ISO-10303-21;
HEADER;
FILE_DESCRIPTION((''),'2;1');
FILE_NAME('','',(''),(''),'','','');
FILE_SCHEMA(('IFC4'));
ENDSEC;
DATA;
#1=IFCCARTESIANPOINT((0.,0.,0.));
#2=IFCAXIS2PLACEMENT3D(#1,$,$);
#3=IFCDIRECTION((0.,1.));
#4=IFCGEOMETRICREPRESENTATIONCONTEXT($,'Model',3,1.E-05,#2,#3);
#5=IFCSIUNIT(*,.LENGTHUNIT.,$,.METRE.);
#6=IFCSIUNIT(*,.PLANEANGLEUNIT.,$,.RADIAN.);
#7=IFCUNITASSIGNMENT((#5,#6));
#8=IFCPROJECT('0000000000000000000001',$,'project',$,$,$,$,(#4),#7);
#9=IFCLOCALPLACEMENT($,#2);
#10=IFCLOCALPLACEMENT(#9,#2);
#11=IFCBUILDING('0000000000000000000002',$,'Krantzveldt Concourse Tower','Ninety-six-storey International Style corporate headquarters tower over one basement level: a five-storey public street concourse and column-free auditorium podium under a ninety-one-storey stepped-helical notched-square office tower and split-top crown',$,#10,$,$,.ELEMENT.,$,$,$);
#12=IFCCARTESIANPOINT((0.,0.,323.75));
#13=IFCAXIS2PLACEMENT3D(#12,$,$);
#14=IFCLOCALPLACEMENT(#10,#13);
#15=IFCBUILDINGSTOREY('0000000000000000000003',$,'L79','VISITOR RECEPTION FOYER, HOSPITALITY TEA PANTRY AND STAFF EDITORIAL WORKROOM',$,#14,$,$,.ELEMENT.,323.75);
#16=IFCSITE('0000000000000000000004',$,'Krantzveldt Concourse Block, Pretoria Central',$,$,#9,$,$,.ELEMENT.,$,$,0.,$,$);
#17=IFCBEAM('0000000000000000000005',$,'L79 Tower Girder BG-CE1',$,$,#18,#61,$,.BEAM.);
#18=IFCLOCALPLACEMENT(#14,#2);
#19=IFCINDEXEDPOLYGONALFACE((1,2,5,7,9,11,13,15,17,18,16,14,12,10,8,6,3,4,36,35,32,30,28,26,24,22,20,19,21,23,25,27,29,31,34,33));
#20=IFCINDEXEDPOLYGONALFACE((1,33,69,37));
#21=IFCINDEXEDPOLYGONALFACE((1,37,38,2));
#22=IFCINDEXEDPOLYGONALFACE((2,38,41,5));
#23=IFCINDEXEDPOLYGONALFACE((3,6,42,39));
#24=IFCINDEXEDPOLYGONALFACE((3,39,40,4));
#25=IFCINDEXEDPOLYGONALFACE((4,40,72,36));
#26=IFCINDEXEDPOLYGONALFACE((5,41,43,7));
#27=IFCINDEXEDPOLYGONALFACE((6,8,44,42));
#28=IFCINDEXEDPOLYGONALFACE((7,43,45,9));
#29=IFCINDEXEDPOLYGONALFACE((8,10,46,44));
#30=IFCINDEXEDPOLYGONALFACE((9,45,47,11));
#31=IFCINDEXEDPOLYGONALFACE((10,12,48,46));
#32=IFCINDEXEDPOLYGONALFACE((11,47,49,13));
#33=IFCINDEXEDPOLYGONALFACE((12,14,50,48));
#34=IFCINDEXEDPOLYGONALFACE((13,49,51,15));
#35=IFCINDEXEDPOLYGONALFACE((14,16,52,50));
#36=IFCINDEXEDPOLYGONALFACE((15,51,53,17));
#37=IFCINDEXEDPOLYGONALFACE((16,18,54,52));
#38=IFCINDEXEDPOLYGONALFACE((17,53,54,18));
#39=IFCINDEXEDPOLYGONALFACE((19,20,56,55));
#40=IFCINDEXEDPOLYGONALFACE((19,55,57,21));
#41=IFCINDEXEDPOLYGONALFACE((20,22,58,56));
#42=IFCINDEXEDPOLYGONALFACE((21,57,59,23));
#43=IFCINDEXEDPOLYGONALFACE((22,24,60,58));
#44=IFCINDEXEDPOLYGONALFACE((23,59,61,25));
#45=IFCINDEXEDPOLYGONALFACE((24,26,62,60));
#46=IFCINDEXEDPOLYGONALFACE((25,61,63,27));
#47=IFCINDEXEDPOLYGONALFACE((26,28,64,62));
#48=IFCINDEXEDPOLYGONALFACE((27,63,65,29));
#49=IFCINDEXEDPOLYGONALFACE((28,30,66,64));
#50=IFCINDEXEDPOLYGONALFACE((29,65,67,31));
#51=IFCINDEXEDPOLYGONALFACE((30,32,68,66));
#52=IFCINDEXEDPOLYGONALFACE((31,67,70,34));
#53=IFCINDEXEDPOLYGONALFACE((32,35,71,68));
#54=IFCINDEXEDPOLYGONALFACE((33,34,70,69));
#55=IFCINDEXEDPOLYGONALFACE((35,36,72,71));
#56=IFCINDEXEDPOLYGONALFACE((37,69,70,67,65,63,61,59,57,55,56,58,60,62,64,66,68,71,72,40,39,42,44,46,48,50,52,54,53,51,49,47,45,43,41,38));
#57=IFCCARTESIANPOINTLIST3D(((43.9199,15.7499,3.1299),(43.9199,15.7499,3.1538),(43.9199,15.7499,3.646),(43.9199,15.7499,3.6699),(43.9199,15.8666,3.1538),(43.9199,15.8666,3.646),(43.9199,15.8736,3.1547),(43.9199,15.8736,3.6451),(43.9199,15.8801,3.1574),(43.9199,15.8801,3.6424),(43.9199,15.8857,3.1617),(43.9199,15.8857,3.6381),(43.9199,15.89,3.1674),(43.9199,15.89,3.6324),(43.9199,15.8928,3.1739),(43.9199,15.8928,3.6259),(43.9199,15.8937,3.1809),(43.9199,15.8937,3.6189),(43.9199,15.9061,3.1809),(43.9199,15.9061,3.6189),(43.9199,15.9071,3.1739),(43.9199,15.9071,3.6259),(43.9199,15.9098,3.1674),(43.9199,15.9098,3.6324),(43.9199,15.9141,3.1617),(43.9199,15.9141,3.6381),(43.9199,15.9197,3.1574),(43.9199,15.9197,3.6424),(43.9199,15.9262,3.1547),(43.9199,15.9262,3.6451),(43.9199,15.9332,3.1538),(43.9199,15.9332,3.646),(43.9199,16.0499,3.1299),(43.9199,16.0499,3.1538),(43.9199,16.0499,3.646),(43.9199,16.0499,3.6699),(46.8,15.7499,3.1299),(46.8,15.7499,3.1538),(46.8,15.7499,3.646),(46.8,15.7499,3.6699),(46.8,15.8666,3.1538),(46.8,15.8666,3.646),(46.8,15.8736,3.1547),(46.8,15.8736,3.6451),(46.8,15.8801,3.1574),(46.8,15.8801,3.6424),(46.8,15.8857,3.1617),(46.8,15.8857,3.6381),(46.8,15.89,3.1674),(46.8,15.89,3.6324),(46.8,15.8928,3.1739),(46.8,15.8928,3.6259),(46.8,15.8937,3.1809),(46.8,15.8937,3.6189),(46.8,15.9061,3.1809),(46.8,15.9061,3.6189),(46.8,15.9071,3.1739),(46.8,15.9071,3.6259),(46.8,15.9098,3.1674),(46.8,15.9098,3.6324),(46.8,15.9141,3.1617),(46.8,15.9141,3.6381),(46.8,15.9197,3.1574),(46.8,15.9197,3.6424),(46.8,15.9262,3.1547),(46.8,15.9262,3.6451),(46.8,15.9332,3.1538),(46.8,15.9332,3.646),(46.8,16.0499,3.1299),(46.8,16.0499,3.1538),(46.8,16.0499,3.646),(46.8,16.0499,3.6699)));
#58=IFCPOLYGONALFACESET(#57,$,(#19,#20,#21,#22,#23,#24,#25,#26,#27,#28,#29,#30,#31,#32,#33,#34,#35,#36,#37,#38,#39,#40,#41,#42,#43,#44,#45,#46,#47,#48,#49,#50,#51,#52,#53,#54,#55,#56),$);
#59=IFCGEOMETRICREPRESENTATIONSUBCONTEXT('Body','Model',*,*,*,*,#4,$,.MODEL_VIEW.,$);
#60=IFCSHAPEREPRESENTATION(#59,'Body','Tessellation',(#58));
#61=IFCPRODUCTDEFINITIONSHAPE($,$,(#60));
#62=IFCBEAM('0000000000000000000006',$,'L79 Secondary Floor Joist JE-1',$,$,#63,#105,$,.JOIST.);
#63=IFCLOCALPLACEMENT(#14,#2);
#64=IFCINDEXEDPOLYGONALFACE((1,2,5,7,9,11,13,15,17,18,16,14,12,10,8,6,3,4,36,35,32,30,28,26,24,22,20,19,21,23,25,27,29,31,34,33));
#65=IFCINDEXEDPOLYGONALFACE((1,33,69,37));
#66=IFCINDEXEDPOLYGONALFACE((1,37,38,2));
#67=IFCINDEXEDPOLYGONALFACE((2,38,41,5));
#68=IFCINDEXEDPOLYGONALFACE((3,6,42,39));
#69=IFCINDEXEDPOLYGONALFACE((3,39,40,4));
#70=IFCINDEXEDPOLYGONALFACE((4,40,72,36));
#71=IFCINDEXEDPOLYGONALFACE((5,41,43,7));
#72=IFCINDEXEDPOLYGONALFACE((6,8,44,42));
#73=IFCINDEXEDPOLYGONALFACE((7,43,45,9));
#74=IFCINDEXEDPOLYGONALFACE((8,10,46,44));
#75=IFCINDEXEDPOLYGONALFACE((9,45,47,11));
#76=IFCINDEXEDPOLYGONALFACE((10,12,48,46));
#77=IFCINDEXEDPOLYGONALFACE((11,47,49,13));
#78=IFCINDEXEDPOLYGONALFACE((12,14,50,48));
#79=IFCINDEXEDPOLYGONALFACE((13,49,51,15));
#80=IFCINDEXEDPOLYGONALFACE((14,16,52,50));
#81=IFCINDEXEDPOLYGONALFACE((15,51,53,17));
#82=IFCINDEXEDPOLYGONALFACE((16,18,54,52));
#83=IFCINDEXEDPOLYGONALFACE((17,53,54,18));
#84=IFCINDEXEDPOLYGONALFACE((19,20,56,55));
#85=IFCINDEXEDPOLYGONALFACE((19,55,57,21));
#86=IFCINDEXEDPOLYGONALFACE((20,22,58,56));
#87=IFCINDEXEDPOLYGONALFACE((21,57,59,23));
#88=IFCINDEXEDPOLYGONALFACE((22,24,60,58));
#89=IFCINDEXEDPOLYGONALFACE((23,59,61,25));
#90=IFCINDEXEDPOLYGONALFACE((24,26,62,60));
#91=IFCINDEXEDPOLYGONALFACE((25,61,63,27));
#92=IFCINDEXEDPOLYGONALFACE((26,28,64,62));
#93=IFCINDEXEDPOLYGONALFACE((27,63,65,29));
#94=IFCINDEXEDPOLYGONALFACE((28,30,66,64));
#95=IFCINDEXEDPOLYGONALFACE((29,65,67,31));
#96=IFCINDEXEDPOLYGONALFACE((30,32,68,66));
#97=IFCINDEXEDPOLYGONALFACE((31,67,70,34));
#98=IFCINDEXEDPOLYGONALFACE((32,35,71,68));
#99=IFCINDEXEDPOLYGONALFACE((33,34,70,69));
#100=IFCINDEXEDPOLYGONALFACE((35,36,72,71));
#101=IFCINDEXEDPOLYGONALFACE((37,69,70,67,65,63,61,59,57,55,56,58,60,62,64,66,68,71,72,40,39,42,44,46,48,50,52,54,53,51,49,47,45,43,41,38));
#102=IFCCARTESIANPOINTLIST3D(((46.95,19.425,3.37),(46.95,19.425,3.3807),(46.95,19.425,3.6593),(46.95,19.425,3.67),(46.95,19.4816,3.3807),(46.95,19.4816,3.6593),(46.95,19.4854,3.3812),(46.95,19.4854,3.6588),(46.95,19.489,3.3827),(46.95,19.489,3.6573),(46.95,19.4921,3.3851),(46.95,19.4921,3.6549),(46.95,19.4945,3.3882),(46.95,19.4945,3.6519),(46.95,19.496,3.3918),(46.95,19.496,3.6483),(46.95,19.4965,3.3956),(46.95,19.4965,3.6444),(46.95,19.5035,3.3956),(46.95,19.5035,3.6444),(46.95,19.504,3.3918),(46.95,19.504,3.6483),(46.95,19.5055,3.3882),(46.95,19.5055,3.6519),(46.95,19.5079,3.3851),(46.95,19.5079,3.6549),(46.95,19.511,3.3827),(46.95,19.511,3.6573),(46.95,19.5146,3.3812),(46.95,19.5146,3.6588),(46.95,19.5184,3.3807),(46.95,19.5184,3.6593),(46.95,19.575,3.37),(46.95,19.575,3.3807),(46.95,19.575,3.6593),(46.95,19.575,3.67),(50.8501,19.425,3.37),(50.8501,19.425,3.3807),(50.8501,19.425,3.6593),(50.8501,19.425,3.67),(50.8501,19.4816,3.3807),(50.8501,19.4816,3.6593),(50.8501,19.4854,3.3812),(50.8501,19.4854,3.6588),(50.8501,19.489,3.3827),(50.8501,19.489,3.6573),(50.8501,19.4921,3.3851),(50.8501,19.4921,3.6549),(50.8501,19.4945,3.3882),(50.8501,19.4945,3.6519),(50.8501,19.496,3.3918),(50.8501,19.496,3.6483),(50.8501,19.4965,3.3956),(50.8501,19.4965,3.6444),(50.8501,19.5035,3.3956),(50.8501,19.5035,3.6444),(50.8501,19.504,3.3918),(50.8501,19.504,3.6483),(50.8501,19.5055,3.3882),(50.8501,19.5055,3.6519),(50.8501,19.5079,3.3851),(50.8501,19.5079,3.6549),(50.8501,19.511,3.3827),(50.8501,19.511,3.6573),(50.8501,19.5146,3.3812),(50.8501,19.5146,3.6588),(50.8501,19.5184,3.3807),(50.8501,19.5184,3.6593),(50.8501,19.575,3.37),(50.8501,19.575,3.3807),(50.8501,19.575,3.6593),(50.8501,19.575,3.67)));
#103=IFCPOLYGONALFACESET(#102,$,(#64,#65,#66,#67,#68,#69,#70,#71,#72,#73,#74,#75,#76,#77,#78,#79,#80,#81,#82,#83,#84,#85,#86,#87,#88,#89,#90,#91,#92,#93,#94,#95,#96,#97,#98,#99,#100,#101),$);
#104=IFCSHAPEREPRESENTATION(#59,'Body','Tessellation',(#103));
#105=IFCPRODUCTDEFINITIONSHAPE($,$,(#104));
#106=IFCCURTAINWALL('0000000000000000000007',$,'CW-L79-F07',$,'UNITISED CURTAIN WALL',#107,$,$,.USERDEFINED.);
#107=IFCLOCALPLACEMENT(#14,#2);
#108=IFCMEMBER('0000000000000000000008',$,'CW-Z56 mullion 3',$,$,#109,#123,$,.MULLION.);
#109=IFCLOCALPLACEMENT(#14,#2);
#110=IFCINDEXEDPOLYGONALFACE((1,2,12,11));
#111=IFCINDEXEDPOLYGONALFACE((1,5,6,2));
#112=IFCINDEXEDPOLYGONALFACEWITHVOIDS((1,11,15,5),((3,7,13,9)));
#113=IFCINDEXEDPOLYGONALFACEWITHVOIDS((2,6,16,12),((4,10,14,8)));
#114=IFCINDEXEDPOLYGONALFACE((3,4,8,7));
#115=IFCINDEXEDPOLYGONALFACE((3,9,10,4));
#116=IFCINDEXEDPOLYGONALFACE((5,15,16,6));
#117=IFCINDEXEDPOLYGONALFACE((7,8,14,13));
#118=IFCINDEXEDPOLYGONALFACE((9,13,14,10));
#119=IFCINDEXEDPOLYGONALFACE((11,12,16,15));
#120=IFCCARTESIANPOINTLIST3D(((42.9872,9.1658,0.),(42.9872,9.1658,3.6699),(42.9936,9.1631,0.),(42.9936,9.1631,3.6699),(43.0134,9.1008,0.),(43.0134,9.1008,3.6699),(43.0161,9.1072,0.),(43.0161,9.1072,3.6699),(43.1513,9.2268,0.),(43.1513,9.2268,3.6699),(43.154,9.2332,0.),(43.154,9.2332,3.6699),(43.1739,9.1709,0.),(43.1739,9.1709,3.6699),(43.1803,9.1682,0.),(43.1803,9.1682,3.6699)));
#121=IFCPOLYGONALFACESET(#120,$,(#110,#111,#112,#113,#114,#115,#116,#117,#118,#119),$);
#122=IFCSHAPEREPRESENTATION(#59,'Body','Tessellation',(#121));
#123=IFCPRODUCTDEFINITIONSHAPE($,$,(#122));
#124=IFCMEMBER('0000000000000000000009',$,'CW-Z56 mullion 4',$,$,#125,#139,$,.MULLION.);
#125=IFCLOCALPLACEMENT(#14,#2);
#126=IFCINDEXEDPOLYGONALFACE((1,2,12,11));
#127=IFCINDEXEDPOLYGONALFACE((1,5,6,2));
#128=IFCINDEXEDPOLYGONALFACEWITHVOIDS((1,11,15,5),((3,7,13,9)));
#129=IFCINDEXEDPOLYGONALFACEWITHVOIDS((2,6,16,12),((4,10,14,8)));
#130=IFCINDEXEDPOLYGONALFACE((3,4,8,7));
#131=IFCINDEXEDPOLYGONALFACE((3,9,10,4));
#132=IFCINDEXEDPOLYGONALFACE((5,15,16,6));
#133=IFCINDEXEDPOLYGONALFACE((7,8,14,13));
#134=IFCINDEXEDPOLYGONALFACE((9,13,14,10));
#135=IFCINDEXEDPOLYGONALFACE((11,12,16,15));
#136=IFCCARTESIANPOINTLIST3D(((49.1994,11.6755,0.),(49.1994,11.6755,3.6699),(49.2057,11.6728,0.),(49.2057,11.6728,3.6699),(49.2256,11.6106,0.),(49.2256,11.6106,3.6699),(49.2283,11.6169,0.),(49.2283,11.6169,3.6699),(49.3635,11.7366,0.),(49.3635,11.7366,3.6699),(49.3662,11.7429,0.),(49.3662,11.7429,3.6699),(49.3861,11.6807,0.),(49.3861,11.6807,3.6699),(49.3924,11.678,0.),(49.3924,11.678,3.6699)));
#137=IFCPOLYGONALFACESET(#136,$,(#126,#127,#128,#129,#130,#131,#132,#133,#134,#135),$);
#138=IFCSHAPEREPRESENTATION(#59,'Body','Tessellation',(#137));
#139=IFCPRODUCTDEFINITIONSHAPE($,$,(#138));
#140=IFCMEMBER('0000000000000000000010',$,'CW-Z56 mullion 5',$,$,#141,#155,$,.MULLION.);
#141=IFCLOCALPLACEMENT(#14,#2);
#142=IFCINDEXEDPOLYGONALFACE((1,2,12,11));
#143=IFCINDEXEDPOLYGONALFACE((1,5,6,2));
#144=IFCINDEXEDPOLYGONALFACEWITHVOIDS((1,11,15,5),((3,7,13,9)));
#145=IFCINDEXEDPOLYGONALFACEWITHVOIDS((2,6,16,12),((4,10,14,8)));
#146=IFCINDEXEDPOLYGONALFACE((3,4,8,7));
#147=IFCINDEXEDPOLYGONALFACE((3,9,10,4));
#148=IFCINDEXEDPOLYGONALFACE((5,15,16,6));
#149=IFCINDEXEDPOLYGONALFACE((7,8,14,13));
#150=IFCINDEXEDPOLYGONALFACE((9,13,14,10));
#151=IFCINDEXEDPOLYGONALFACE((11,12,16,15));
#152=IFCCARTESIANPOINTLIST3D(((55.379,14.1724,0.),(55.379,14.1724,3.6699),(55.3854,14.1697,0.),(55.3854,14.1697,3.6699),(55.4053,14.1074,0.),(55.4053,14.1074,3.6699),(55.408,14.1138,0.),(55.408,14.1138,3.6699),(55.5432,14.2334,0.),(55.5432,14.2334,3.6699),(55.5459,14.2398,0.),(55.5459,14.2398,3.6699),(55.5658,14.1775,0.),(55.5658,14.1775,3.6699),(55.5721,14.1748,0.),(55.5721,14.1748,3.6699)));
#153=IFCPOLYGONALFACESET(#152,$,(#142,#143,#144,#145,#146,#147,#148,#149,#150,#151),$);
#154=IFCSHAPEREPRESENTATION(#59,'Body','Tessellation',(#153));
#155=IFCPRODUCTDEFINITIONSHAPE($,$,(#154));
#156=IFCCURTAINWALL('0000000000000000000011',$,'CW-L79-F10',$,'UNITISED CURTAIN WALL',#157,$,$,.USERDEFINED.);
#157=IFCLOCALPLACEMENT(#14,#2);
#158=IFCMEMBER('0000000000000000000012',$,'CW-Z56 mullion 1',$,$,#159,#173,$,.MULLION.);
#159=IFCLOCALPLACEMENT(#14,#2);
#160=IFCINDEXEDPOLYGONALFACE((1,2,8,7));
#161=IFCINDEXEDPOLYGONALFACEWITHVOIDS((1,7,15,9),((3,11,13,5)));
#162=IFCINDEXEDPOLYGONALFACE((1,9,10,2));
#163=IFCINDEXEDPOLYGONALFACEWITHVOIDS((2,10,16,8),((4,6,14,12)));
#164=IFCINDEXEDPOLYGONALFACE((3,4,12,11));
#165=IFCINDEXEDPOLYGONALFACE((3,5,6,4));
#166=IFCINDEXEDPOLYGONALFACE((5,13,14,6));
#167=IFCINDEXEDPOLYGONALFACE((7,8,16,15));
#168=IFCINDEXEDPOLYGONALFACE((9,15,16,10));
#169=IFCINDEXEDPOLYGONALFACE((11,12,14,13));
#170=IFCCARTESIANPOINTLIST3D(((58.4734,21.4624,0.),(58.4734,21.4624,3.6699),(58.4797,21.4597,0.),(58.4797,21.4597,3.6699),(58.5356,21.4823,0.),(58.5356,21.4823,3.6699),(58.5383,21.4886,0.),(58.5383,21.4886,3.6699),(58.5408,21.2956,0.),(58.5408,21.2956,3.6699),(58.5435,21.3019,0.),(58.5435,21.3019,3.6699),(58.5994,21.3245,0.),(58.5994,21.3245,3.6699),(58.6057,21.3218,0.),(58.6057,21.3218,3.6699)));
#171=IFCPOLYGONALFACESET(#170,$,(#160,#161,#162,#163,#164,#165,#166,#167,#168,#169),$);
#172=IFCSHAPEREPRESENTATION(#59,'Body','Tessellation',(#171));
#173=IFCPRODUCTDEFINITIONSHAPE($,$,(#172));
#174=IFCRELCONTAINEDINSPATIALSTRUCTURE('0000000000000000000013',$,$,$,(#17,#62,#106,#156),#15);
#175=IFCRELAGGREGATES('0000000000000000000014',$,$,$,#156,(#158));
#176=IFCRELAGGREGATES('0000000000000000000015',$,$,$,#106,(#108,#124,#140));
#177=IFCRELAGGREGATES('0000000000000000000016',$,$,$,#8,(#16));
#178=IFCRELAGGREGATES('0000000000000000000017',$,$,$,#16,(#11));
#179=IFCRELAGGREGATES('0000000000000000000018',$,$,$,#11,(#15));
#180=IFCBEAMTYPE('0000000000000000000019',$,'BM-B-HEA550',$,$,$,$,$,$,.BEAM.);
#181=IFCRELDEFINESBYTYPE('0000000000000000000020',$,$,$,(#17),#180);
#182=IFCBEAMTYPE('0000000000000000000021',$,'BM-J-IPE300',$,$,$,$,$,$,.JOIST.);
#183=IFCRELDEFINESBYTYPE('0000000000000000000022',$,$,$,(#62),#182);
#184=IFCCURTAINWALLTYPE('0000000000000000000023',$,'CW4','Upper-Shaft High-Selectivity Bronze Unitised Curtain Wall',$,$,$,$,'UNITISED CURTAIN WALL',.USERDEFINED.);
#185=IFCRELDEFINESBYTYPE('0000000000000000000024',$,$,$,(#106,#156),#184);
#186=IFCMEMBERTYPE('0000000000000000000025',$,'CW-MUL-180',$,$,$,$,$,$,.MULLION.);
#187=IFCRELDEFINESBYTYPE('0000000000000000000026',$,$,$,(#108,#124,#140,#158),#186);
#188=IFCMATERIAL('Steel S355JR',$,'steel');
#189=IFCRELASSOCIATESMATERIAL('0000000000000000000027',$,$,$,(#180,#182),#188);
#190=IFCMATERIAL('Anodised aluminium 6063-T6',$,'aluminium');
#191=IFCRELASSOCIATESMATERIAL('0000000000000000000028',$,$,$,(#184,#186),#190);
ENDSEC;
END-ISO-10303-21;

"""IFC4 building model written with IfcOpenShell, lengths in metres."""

from ifc_helpers import new_model, si_unit, direction, frame, origin, origin_2d, place, context, subcontext, project, spatial, hollow_rectangle, i_section, extrude, source, transform, mapped, material, material_profile, profile_set, type_object, type_shapes, element, aggregate, save


model = new_model("IFC4")

# Units and contexts
model_context = context("Model", 3, precision=1e-05, world=origin(), true_north=direction((0.0, 1.0)))
body_context = subcontext(model_context, "Body", "Model", "MODEL_VIEW")
ifc_project = project(units=[si_unit("LENGTHUNIT", "METRE"), si_unit("PLANEANGLEUNIT", "RADIAN")], contexts=[model_context])

# Site, building, storey
site_placement = place(None, origin())
site = spatial("IfcSite", under=ifc_project, at=site_placement, Name="Krantzveldt Concourse Block, Pretoria Central", CompositionType="ELEMENT", RefElevation=0.0)
building_placement = place(site_placement, origin())
building = spatial("IfcBuilding", under=site, at=building_placement, Name="Krantzveldt Concourse Tower", Description="Ninety-six-storey International Style corporate headquarters tower over one basement level: a five-storey public street concourse and column-free auditorium podium under a ninety-one-storey stepped-helical notched-square office tower and split-top crown", CompositionType="ELEMENT")
storey_placement = place(building_placement, frame((0.0, 0.0, 323.75)))
storey = spatial("IfcBuildingStorey", under=building, at=storey_placement, Name="L79", Description="VISITOR RECEPTION FOYER, HOSPITALITY TEA PANTRY AND STAFF EDITORIAL WORKROOM", CompositionType="ELEMENT", Elevation=323.75)

# Beams
ifc_material_1 = material(Name="Steel S355JR", Category="steel")
ifc_material_profile_1 = material_profile(ifc_material_1, i_section(OverallWidth=0.3, OverallDepth=0.54, WebThickness=0.0125, FlangeThickness=0.0239, FilletRadius=0.0271, at=origin_2d()), Name="Steel S355JR", Category="steel")
ifc_profile_set_1 = profile_set([ifc_material_profile_1], Name="Steel S355JR - HEA 550")
beam_type_1 = type_object("IfcBeamType", Name="BM-B-HEA550", PredefinedType="BEAM", material=ifc_profile_set_1)
shared_shape_1 = source(origin(), body_context, "Body", "SweptSolid", [
    extrude(i_section(OverallWidth=0.3, OverallDepth=0.54, WebThickness=0.0125, FlangeThickness=0.0239, FilletRadius=0.0271, at=origin_2d()), origin(), (0.0, 0.0, 1.0), 2.8801),
])
beam_1_placement = place(storey_placement, frame((43.9199, 15.8999, 3.3999), z_axis=(1.0, 0.0, 0.0), x_axis=(0.0, 1.0, 0.0)))
element("IfcBeam", 1, at=beam_1_placement, inside=storey, type_object=beam_type_1, Name="L79 Tower Girder BG-CE1", PredefinedType="BEAM", context=body_context, shape_type="MappedRepresentation", body=[
    mapped(shared_shape_1, transform((0.0, 0.0, 0.0), x_axis=(1.0, 0.0, 0.0), y_axis=(0.0, 1.0, 0.0), z_axis=(0.0, 0.0, 1.0), scale=1.0)),
])
ifc_material_profile_2 = material_profile(ifc_material_1, i_section(OverallWidth=0.1499, OverallDepth=0.3, WebThickness=0.0071, FlangeThickness=0.0107, FilletRadius=0.0149, at=origin_2d()), Name="Steel S355JR", Category="steel")
ifc_profile_set_2 = profile_set([ifc_material_profile_2], Name="Steel S355JR - IPE 300")
beam_type_2 = type_object("IfcBeamType", Name="BM-J-IPE300", PredefinedType="JOIST", material=ifc_profile_set_2)
shared_shape_2 = source(origin(), body_context, "Body", "SweptSolid", [
    extrude(i_section(OverallWidth=0.1499, OverallDepth=0.3, WebThickness=0.0071, FlangeThickness=0.0107, FilletRadius=0.0149, at=origin_2d()), origin(), (0.0, 0.0, 1.0), 3.9001),
])
type_shapes(beam_type_2, [shared_shape_2])
beam_2_placement = place(storey_placement, frame((46.95, 19.5, 3.52), z_axis=(1.0, 0.0, 0.0), x_axis=(0.0, 1.0, 0.0)))
element("IfcBeam", 2, at=beam_2_placement, inside=storey, type_object=beam_type_2, Name="L79 Secondary Floor Joist JE-1", PredefinedType="JOIST", context=body_context, shape_type="MappedRepresentation", body=[
    mapped(shared_shape_2, transform((0.0, 0.0, 0.0), x_axis=(1.0, 0.0, 0.0), y_axis=(0.0, 1.0, 0.0), z_axis=(0.0, 0.0, 1.0), scale=1.0)),
])

# Curtain wall, members
ifc_material_2 = material(Name="Anodised aluminium 6063-T6", Category="aluminium")
curtain_wall_type = type_object("IfcCurtainWallType", Name="CW4", Description="Upper-Shaft High-Selectivity Bronze Unitised Curtain Wall", ElementType="UNITISED CURTAIN WALL", PredefinedType="USERDEFINED", material=ifc_material_2)
curtain_wall_1_placement = place(storey_placement, origin())
curtain_wall_1 = element("IfcCurtainWall", 3, at=curtain_wall_1_placement, inside=storey, type_object=curtain_wall_type, Name="CW-L79-F07", ObjectType="UNITISED CURTAIN WALL", PredefinedType="USERDEFINED")
ifc_material_profile_3 = material_profile(ifc_material_2, hollow_rectangle(XDim=0.0701, YDim=0.1799, WallThickness=0.0049, at=origin_2d()), Name="Anodised aluminium 6063-T6", Category="aluminium")
ifc_profile_set_3 = profile_set([ifc_material_profile_3], Name="Anodised aluminium 6063-T6 - ALU-MULL 180x70x5")
member_type_1 = type_object("IfcMemberType", Name="CW-MUL-180", PredefinedType="MULLION", material=ifc_profile_set_3)
shared_shape_3 = source(origin(), body_context, "Body", "SweptSolid", [
    extrude(hollow_rectangle(XDim=0.0701, YDim=0.1799, WallThickness=0.0049, at=origin_2d()), origin(), (0.0, 0.0, 1.0), 3.6699),
])
type_shapes(member_type_1, [shared_shape_3])
member_1_placement = place(storey_placement, frame((43.0837, 9.167, 0.0), z_axis=(0.0, 0.0, 1.0), x_axis=(-0.374607, 0.927184, 0.0)))
member_1 = element("IfcMember", 4, at=member_1_placement, type_object=member_type_1, Name="CW-Z56 mullion 3", PredefinedType="MULLION", context=body_context, shape_type="MappedRepresentation", body=[
    mapped(shared_shape_3, transform((0.0, 0.0, 0.0), x_axis=(1.0, 0.0, 0.0), y_axis=(0.0, 1.0, 0.0), z_axis=(0.0, 0.0, 1.0), scale=1.0)),
])
member_2_placement = place(storey_placement, frame((49.2959, 11.6768, 0.0), z_axis=(0.0, 0.0, 1.0), x_axis=(-0.374607, 0.927184, 0.0)))
member_2 = element("IfcMember", 5, at=member_2_placement, type_object=member_type_1, Name="CW-Z56 mullion 4", PredefinedType="MULLION", context=body_context, shape_type="MappedRepresentation", body=[
    mapped(shared_shape_3, transform((0.0, 0.0, 0.0), x_axis=(1.0, 0.0, 0.0), y_axis=(0.0, 1.0, 0.0), z_axis=(0.0, 0.0, 1.0), scale=1.0)),
])
member_3_placement = place(storey_placement, frame((55.4756, 14.1736, 0.0), z_axis=(0.0, 0.0, 1.0), x_axis=(-0.374607, 0.927184, 0.0)))
member_3 = element("IfcMember", 6, at=member_3_placement, type_object=member_type_1, Name="CW-Z56 mullion 5", PredefinedType="MULLION", context=body_context, shape_type="MappedRepresentation", body=[
    mapped(shared_shape_3, transform((0.0, 0.0, 0.0), x_axis=(1.0, 0.0, 0.0), y_axis=(0.0, 1.0, 0.0), z_axis=(0.0, 0.0, 1.0), scale=1.0)),
])

# Curtain wall, member
curtain_wall_2_placement = place(storey_placement, origin())
curtain_wall_2 = element("IfcCurtainWall", 7, at=curtain_wall_2_placement, inside=storey, type_object=curtain_wall_type, Name="CW-L79-F10", ObjectType="UNITISED CURTAIN WALL", PredefinedType="USERDEFINED")
member_4_placement = place(storey_placement, frame((58.5396, 21.3921, 0.0), z_axis=(0.0, 0.0, 1.0), x_axis=(-0.927184, -0.374606, 0.0)))
member_4 = element("IfcMember", 8, at=member_4_placement, type_object=member_type_1, Name="CW-Z56 mullion 1", PredefinedType="MULLION", context=body_context, shape_type="MappedRepresentation", body=[
    mapped(shared_shape_3, transform((0.0, 0.0, 0.0), x_axis=(1.0, 0.0, 0.0), y_axis=(0.0, 1.0, 0.0), z_axis=(0.0, 0.0, 1.0), scale=1.0)),
])

aggregate(curtain_wall_2, [member_4])

aggregate(curtain_wall_1, [member_1, member_2, member_3])

save(model, "model.ifc")
